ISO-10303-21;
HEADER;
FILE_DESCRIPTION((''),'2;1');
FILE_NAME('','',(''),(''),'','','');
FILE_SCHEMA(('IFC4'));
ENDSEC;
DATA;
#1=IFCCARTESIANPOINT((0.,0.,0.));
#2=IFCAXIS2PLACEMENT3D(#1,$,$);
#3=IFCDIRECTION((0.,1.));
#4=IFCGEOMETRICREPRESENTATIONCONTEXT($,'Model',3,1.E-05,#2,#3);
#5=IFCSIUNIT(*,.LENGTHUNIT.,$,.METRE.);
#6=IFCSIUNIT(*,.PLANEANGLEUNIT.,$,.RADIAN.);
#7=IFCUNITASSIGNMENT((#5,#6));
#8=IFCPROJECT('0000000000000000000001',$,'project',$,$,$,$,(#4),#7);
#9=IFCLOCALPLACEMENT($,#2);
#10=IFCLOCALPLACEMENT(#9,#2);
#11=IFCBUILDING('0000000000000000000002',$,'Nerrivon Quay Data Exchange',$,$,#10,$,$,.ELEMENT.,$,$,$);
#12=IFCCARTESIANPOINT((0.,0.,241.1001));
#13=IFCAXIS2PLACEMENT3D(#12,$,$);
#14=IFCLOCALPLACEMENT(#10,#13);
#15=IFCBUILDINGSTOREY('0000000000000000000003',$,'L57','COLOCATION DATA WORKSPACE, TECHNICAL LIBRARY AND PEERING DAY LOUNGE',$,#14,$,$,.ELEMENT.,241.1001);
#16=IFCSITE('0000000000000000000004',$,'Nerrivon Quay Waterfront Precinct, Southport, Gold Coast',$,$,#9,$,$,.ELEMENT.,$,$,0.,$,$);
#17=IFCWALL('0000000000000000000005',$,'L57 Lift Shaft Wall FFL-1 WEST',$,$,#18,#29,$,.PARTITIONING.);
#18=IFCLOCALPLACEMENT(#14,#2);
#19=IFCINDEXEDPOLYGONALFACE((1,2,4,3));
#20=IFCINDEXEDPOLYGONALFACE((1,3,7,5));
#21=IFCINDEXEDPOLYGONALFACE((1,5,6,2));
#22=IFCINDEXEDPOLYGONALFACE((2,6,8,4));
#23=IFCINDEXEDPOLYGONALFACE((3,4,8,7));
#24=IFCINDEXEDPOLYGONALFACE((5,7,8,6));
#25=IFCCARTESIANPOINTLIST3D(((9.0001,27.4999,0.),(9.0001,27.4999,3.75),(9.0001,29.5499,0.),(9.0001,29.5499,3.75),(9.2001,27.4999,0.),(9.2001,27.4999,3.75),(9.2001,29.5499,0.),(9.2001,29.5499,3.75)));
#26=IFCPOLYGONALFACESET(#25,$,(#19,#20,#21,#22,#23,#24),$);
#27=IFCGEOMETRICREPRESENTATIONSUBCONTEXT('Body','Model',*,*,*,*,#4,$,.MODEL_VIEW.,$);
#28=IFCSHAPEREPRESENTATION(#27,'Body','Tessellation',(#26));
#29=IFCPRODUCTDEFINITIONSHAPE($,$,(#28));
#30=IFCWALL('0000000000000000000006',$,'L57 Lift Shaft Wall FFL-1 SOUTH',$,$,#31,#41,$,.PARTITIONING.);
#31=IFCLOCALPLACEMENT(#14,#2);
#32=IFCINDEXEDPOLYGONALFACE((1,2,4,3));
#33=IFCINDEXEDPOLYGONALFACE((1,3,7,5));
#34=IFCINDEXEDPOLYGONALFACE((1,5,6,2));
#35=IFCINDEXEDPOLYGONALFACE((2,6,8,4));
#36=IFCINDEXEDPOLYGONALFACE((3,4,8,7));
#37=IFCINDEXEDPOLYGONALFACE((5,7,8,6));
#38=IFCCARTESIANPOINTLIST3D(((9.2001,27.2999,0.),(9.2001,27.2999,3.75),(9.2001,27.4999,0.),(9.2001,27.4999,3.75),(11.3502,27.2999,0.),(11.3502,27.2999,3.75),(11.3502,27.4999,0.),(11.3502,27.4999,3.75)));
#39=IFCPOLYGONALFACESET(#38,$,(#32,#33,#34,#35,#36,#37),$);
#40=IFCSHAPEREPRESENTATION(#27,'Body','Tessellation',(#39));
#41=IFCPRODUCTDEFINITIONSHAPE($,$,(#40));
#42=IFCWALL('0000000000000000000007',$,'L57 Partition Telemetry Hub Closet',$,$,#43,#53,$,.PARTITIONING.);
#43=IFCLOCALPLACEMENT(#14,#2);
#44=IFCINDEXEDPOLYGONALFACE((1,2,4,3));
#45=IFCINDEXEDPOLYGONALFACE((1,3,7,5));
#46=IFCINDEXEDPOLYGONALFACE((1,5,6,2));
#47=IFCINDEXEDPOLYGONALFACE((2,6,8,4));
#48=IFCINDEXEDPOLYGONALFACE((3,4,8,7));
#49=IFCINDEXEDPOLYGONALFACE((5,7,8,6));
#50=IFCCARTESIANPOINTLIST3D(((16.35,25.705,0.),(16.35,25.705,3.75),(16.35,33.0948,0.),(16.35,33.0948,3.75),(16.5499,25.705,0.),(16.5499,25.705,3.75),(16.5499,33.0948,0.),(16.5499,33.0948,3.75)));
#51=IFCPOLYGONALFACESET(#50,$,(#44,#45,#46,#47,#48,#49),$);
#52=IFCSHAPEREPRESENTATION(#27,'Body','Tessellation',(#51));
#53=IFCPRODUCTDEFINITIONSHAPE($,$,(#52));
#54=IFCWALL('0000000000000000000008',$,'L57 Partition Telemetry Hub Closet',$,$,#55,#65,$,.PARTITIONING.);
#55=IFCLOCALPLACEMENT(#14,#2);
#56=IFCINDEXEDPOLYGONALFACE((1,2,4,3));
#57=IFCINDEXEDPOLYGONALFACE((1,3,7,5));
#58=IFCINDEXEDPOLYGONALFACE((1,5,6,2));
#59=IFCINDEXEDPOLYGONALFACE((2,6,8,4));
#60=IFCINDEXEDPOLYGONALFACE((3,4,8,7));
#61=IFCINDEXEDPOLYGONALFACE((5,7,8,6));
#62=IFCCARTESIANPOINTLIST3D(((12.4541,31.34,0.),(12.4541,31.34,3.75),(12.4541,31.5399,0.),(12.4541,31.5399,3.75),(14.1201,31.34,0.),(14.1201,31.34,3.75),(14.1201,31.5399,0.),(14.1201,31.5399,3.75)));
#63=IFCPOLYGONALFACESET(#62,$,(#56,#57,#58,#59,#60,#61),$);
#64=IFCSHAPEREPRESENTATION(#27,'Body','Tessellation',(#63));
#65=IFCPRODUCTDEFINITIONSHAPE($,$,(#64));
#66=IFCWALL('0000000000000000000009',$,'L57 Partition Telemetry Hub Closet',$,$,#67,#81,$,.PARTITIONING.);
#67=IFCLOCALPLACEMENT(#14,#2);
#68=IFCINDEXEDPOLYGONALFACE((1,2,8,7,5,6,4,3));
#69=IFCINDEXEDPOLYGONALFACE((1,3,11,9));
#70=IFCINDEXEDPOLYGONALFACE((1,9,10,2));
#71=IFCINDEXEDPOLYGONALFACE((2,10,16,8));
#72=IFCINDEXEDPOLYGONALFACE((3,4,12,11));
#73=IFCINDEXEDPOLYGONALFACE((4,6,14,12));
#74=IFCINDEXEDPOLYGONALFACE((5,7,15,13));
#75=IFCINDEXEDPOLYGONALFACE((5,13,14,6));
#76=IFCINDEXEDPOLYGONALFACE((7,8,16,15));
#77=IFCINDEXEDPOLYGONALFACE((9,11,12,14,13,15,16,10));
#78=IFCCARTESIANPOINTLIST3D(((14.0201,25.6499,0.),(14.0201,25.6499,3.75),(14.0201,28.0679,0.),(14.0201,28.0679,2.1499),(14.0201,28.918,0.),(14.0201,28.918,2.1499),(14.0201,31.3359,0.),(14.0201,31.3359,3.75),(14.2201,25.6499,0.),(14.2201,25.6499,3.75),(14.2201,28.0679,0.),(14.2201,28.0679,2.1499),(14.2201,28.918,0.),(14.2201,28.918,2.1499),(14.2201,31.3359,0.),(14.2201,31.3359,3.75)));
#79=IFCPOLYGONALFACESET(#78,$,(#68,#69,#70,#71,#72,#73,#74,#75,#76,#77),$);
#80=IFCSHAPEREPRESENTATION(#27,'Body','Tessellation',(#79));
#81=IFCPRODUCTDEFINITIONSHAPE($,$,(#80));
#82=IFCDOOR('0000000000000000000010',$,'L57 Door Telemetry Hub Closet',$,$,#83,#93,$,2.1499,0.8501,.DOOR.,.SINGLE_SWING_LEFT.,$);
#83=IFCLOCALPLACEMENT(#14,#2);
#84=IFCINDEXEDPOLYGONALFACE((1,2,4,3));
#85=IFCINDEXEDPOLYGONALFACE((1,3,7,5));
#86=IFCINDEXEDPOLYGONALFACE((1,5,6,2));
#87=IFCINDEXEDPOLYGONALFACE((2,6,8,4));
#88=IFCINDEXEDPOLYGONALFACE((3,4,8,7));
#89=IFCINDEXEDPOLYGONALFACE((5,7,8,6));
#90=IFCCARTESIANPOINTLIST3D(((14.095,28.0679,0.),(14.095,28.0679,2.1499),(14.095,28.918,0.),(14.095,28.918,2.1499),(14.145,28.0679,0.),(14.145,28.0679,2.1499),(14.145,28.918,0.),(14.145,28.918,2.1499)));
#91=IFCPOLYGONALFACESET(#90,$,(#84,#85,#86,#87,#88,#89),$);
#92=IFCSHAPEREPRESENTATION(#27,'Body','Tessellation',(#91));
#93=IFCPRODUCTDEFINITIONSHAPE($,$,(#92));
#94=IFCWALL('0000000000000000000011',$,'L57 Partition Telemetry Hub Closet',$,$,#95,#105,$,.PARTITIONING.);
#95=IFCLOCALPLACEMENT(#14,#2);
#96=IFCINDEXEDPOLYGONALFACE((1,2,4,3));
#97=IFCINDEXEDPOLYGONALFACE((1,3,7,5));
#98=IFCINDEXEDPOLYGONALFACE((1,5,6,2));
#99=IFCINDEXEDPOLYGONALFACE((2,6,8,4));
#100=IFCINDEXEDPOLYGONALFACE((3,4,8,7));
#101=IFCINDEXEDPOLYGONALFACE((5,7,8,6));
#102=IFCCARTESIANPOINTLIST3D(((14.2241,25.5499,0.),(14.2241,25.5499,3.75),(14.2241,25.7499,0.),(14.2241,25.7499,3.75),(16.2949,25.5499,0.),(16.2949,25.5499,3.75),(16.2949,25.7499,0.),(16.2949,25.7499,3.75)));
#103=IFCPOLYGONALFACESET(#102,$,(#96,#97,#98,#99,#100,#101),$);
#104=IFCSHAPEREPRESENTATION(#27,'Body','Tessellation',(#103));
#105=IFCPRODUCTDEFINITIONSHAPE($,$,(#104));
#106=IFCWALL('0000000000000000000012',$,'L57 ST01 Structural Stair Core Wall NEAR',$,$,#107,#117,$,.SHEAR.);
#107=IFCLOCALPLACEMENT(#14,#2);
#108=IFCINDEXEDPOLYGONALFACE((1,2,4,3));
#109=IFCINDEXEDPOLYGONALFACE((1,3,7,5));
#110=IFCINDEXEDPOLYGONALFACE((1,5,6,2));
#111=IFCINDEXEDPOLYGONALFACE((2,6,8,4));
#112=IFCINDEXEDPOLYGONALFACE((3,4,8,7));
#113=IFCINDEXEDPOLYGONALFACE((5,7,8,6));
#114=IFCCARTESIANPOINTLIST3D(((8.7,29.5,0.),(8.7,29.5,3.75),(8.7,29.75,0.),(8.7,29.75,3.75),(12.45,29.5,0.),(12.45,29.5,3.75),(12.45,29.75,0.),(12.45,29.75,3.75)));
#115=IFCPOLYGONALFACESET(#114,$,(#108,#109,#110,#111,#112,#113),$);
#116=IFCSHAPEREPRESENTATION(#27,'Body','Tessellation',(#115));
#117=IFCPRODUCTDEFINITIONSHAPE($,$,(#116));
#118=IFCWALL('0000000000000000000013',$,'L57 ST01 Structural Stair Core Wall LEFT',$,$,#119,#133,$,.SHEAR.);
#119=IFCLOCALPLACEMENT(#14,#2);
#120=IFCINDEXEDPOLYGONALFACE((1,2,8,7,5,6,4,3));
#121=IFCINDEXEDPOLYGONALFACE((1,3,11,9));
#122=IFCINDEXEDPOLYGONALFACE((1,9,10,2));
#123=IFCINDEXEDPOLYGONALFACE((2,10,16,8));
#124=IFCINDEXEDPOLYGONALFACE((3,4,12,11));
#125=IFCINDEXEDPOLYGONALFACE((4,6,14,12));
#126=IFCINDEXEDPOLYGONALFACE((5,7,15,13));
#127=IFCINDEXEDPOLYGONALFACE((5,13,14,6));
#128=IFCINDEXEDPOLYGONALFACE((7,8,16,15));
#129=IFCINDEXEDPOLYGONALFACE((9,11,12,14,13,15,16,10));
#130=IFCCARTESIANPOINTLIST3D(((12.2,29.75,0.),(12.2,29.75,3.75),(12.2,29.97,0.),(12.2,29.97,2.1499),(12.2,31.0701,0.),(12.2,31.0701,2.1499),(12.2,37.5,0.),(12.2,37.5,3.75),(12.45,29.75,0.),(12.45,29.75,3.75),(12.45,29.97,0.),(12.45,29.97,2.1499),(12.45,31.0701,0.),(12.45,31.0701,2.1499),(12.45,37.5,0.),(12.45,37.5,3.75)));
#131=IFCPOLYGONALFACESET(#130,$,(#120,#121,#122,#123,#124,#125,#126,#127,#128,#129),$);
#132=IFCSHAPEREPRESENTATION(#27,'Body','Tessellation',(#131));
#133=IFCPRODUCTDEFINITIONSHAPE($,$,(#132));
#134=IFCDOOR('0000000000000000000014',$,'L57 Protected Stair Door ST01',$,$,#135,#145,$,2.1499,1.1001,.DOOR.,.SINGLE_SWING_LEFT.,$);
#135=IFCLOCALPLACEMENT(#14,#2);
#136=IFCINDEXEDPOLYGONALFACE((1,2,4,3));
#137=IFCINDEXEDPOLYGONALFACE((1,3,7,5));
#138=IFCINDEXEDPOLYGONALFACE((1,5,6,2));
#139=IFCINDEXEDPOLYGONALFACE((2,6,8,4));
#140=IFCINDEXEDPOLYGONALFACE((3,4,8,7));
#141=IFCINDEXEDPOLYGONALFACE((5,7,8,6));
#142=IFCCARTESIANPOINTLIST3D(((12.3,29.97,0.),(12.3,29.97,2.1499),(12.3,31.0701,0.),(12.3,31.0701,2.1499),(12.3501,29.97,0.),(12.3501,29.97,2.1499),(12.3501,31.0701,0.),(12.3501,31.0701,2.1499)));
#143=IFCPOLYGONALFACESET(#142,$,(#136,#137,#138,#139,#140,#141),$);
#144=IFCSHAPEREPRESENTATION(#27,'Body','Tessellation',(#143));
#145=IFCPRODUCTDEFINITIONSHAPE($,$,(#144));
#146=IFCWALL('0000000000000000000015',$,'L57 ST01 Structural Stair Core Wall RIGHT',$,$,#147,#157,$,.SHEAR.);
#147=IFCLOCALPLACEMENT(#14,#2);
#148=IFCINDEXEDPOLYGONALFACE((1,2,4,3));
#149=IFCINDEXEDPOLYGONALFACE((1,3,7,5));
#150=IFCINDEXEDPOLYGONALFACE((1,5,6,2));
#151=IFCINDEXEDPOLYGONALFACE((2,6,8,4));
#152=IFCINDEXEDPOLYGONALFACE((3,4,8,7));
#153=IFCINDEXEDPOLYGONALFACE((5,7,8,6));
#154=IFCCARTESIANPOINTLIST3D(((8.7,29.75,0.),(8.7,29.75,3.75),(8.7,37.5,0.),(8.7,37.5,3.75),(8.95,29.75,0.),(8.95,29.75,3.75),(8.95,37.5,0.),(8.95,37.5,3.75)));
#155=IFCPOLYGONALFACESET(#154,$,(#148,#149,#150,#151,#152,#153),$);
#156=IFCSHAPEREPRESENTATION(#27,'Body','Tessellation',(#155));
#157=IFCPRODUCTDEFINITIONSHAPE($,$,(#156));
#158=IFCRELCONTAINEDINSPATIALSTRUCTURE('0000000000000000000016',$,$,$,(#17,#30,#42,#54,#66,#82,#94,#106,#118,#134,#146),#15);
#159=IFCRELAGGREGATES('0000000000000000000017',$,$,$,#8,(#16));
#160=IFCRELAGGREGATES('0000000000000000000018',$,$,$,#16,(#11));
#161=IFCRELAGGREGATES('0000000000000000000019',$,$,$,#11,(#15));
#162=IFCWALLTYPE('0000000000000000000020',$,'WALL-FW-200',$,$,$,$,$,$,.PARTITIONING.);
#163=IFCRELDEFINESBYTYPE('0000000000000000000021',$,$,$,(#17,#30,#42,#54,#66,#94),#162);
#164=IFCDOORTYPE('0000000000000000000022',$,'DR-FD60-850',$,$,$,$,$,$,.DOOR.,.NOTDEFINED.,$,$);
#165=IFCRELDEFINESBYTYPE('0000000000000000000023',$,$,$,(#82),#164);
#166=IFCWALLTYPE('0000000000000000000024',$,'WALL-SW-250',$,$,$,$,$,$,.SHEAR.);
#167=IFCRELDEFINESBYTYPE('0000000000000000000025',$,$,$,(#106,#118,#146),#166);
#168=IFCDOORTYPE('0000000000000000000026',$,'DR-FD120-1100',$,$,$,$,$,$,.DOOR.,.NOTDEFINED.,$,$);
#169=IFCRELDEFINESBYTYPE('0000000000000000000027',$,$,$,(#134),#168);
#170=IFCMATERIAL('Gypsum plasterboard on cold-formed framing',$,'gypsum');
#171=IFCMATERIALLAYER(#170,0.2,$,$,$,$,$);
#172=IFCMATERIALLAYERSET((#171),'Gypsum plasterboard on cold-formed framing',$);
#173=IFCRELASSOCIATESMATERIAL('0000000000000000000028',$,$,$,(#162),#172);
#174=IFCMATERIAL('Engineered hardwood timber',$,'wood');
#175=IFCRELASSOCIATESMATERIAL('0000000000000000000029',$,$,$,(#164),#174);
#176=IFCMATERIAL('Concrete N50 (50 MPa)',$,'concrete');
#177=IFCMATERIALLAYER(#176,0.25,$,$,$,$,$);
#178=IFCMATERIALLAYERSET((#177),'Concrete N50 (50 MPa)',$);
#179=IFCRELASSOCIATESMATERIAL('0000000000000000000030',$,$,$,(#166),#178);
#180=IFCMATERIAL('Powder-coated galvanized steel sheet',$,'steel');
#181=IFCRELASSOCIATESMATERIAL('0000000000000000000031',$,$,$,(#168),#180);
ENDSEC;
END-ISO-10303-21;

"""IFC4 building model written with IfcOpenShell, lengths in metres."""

from ifc_helpers import new_model, si_unit, direction, frame, frame_2d, origin, place, context, subcontext, project, spatial, rectangle, extrude, material, layer, layer_set, type_object, element, fill, save


model = new_model("IFC4")

# Units and contexts
model_context = context("Model", 3, precision=1e-05, world=origin(), true_north=direction((0.0, 1.0)))
body_context = subcontext(model_context, "Body", "Model", "MODEL_VIEW")
ifc_project = project(units=[si_unit("LENGTHUNIT", "METRE"), si_unit("PLANEANGLEUNIT", "RADIAN")], contexts=[model_context])

# Site, building, storey
site_placement = place(None, origin())
site = spatial("IfcSite", under=ifc_project, at=site_placement, Name="Nerrivon Quay Waterfront Precinct, Southport, Gold Coast", CompositionType="ELEMENT", RefElevation=0.0)
building_placement = place(site_placement, origin())
building = spatial("IfcBuilding", under=site, at=building_placement, Name="Nerrivon Quay Data Exchange", CompositionType="ELEMENT")
storey_placement = place(building_placement, frame((0.0, 0.0, 241.1001)))
storey = spatial("IfcBuildingStorey", under=building, at=storey_placement, Name="L57", Description="COLOCATION DATA WORKSPACE, TECHNICAL LIBRARY AND PEERING DAY LOUNGE", CompositionType="ELEMENT", Elevation=241.1001)

# Shared definitions
ifc_material_1 = material(Name="Concrete N50 (50 MPa)", Category="concrete")

# Shared definitions
ifc_material_2 = material(Name="Gypsum plasterboard on cold-formed framing", Category="gypsum")
ifc_layer_1 = layer(ifc_material_2, 0.2)
ifc_layer_set_1 = layer_set([ifc_layer_1], Name="Gypsum plasterboard on cold-formed framing")
wall_type_1 = type_object("IfcWallType", Name="WALL-FW-200", PredefinedType="PARTITIONING", material=ifc_layer_set_1)
ifc_material_3 = material(Name="Powder-coated galvanized steel sheet", Category="steel")

# Walls
wall_1_placement = place(storey_placement, frame((9.1001, 27.5, 0.0), z_axis=(0.0, 0.0, 1.0), x_axis=(0.0, 1.0, 0.0)))
element("IfcWall", 1, at=wall_1_placement, inside=storey, type_object=wall_type_1, Name="L57 Lift Shaft Wall FFL-1 WEST", PredefinedType="PARTITIONING", context=body_context, shape_type="SweptSolid", body=[
    extrude(rectangle(XDim=2.05, YDim=0.2, at=frame_2d((1.0249, 0.0))), origin(), (0.0, 0.0, 1.0), 3.75),
])
wall_2_placement = place(storey_placement, frame((9.2, 27.3999, 0.0), z_axis=(0.0, 0.0, 1.0), x_axis=(1.0, 0.0, 0.0)))
element("IfcWall", 2, at=wall_2_placement, inside=storey, type_object=wall_type_1, Name="L57 Lift Shaft Wall FFL-1 SOUTH", PredefinedType="PARTITIONING", context=body_context, shape_type="SweptSolid", body=[
    extrude(rectangle(XDim=2.1501, YDim=0.2, at=frame_2d((1.0752, 0.0))), origin(), (0.0, 0.0, 1.0), 3.75),
])
wall_3_placement = place(storey_placement, frame((16.45, 25.7051, 0.0), z_axis=(0.0, 0.0, 1.0), x_axis=(0.0, 1.0, 0.0)))
element("IfcWall", 3, at=wall_3_placement, inside=storey, type_object=wall_type_1, Name="L57 Partition Telemetry Hub Closet", PredefinedType="PARTITIONING", context=body_context, shape_type="SweptSolid", body=[
    extrude(rectangle(XDim=7.3899, YDim=0.2, at=frame_2d((3.6948, 0.0))), origin(), (0.0, 0.0, 1.0), 3.75),
])
wall_4_placement = place(storey_placement, frame((12.4541, 31.4399, 0.0), z_axis=(0.0, 0.0, 1.0), x_axis=(1.0, 0.0, 0.0)))
element("IfcWall", 4, at=wall_4_placement, inside=storey, type_object=wall_type_1, Name="L57 Partition Telemetry Hub Closet", PredefinedType="PARTITIONING", context=body_context, shape_type="SweptSolid", body=[
    extrude(rectangle(XDim=1.666, YDim=0.2, at=frame_2d((0.833, 0.0))), origin(), (0.0, 0.0, 1.0), 3.75),
])

# Wall, opening, door
wall_5_placement = place(storey_placement, frame((14.1201, 31.3359, 0.0), z_axis=(0.0, 0.0, 1.0), x_axis=(0.0, -1.0, 0.0)))
wall_5 = element("IfcWall", 5, at=wall_5_placement, inside=storey, type_object=wall_type_1, Name="L57 Partition Telemetry Hub Closet", PredefinedType="PARTITIONING", context=body_context, shape_type="SweptSolid", body=[
    extrude(rectangle(XDim=5.686, YDim=0.2, at=frame_2d((2.843, 0.0))), origin(), (0.0, 0.0, 1.0), 3.75),
])
opening_1_placement = place(wall_5_placement, frame((2.418, 0.0, 0.0)))
opening_1 = element("IfcOpeningElement", 6, at=opening_1_placement, cuts=wall_5, PredefinedType="OPENING", context=body_context, shape_type="SweptSolid", body=[
    extrude(rectangle(XDim=0.8501, YDim=2.1499, at=frame_2d((0.425, 1.075))), frame((0.0, 0.1099, 0.0), z_axis=(0.0, -1.0, 0.0), x_axis=(1.0, 0.0, 0.0)), (0.0, 0.0, 1.0), 0.22),
])
ifc_material_4 = material(Name="Engineered hardwood timber", Category="wood")
door_type_1 = type_object("IfcDoorType", Name="DR-FD60-850", OperationType="NOTDEFINED", PredefinedType="DOOR", material=ifc_material_4)
door_1_placement = place(opening_1_placement, origin())
door_1 = element("IfcDoor", 7, at=door_1_placement, inside=storey, type_object=door_type_1, Name="L57 Door Telemetry Hub Closet", OperationType="SINGLE_SWING_LEFT", OverallHeight=2.1499, OverallWidth=0.8501, PredefinedType="DOOR", context=body_context, shape_type="SweptSolid", body=[
    extrude(rectangle(XDim=0.8501, YDim=2.1499, at=frame_2d((0.425, 1.075))), frame((0.0, 0.0249, 0.0), z_axis=(0.0, -1.0, 0.0), x_axis=(1.0, 0.0, 0.0)), (0.0, 0.0, 1.0), 0.05),
])
fill(opening_1, door_1)

# Walls
wall_6_placement = place(storey_placement, frame((14.2241, 25.6499, 0.0), z_axis=(0.0, 0.0, 1.0), x_axis=(1.0, 0.0, 0.0)))
element("IfcWall", 8, at=wall_6_placement, inside=storey, type_object=wall_type_1, Name="L57 Partition Telemetry Hub Closet", PredefinedType="PARTITIONING", context=body_context, shape_type="SweptSolid", body=[
    extrude(rectangle(XDim=2.0708, YDim=0.2, at=frame_2d((1.0354, 0.0))), origin(), (0.0, 0.0, 1.0), 3.75),
])
ifc_layer_2 = layer(ifc_material_1, 0.25)
ifc_layer_set_2 = layer_set([ifc_layer_2], Name="Concrete N50 (50 MPa)")
wall_type_2 = type_object("IfcWallType", Name="WALL-SW-250", PredefinedType="SHEAR", material=ifc_layer_set_2)
wall_7_placement = place(storey_placement, frame((12.45, 29.625, 0.0), z_axis=(0.0, 0.0, 1.0), x_axis=(-1.0, 0.0, 0.0)))
element("IfcWall", 9, at=wall_7_placement, inside=storey, type_object=wall_type_2, Name="L57 ST01 Structural Stair Core Wall NEAR", PredefinedType="SHEAR", context=body_context, shape_type="SweptSolid", body=[
    extrude(rectangle(XDim=3.75, YDim=0.25, at=frame_2d((1.875, 0.0))), origin(), (0.0, 0.0, 1.0), 3.75),
])

# Wall, opening, door
wall_8_placement = place(storey_placement, frame((12.325, 29.75, 0.0), z_axis=(0.0, 0.0, 1.0), x_axis=(0.0, 1.0, 0.0)))
wall_8 = element("IfcWall", 10, at=wall_8_placement, inside=storey, type_object=wall_type_2, Name="L57 ST01 Structural Stair Core Wall LEFT", PredefinedType="SHEAR", context=body_context, shape_type="SweptSolid", body=[
    extrude(rectangle(XDim=7.75, YDim=0.25, at=frame_2d((3.875, 0.0))), origin(), (0.0, 0.0, 1.0), 3.75),
])
opening_2_placement = place(wall_8_placement, frame((0.22, 0.0, 0.0)))
opening_2 = element("IfcOpeningElement", 11, at=opening_2_placement, cuts=wall_8, PredefinedType="OPENING", context=body_context, shape_type="SweptSolid", body=[
    extrude(rectangle(XDim=1.1001, YDim=2.1499, at=frame_2d((0.55, 1.075))), frame((0.0, 0.135, 0.0), z_axis=(0.0, -1.0, 0.0), x_axis=(1.0, 0.0, 0.0)), (0.0, 0.0, 1.0), 0.27),
])
door_type_2 = type_object("IfcDoorType", Name="DR-FD120-1100", OperationType="NOTDEFINED", PredefinedType="DOOR", material=ifc_material_3)
door_2_placement = place(opening_2_placement, origin())
door_2 = element("IfcDoor", 12, at=door_2_placement, inside=storey, type_object=door_type_2, Name="L57 Protected Stair Door ST01", OperationType="SINGLE_SWING_LEFT", OverallHeight=2.1499, OverallWidth=1.1001, PredefinedType="DOOR", context=body_context, shape_type="SweptSolid", body=[
    extrude(rectangle(XDim=1.1001, YDim=2.1499, at=frame_2d((0.55, 1.075))), frame((0.0, 0.0249, 0.0), z_axis=(0.0, -1.0, 0.0), x_axis=(1.0, 0.0, 0.0)), (0.0, 0.0, 1.0), 0.05),
])
fill(opening_2, door_2)

# Wall
wall_9_placement = place(storey_placement, frame((8.825, 29.75, 0.0), z_axis=(0.0, 0.0, 1.0), x_axis=(0.0, 1.0, 0.0)))
element("IfcWall", 13, at=wall_9_placement, inside=storey, type_object=wall_type_2, Name="L57 ST01 Structural Stair Core Wall RIGHT", PredefinedType="SHEAR", context=body_context, shape_type="SweptSolid", body=[
    extrude(rectangle(XDim=7.75, YDim=0.25, at=frame_2d((3.875, 0.0))), origin(), (0.0, 0.0, 1.0), 3.75),
])

save(model, "model.ifc")
